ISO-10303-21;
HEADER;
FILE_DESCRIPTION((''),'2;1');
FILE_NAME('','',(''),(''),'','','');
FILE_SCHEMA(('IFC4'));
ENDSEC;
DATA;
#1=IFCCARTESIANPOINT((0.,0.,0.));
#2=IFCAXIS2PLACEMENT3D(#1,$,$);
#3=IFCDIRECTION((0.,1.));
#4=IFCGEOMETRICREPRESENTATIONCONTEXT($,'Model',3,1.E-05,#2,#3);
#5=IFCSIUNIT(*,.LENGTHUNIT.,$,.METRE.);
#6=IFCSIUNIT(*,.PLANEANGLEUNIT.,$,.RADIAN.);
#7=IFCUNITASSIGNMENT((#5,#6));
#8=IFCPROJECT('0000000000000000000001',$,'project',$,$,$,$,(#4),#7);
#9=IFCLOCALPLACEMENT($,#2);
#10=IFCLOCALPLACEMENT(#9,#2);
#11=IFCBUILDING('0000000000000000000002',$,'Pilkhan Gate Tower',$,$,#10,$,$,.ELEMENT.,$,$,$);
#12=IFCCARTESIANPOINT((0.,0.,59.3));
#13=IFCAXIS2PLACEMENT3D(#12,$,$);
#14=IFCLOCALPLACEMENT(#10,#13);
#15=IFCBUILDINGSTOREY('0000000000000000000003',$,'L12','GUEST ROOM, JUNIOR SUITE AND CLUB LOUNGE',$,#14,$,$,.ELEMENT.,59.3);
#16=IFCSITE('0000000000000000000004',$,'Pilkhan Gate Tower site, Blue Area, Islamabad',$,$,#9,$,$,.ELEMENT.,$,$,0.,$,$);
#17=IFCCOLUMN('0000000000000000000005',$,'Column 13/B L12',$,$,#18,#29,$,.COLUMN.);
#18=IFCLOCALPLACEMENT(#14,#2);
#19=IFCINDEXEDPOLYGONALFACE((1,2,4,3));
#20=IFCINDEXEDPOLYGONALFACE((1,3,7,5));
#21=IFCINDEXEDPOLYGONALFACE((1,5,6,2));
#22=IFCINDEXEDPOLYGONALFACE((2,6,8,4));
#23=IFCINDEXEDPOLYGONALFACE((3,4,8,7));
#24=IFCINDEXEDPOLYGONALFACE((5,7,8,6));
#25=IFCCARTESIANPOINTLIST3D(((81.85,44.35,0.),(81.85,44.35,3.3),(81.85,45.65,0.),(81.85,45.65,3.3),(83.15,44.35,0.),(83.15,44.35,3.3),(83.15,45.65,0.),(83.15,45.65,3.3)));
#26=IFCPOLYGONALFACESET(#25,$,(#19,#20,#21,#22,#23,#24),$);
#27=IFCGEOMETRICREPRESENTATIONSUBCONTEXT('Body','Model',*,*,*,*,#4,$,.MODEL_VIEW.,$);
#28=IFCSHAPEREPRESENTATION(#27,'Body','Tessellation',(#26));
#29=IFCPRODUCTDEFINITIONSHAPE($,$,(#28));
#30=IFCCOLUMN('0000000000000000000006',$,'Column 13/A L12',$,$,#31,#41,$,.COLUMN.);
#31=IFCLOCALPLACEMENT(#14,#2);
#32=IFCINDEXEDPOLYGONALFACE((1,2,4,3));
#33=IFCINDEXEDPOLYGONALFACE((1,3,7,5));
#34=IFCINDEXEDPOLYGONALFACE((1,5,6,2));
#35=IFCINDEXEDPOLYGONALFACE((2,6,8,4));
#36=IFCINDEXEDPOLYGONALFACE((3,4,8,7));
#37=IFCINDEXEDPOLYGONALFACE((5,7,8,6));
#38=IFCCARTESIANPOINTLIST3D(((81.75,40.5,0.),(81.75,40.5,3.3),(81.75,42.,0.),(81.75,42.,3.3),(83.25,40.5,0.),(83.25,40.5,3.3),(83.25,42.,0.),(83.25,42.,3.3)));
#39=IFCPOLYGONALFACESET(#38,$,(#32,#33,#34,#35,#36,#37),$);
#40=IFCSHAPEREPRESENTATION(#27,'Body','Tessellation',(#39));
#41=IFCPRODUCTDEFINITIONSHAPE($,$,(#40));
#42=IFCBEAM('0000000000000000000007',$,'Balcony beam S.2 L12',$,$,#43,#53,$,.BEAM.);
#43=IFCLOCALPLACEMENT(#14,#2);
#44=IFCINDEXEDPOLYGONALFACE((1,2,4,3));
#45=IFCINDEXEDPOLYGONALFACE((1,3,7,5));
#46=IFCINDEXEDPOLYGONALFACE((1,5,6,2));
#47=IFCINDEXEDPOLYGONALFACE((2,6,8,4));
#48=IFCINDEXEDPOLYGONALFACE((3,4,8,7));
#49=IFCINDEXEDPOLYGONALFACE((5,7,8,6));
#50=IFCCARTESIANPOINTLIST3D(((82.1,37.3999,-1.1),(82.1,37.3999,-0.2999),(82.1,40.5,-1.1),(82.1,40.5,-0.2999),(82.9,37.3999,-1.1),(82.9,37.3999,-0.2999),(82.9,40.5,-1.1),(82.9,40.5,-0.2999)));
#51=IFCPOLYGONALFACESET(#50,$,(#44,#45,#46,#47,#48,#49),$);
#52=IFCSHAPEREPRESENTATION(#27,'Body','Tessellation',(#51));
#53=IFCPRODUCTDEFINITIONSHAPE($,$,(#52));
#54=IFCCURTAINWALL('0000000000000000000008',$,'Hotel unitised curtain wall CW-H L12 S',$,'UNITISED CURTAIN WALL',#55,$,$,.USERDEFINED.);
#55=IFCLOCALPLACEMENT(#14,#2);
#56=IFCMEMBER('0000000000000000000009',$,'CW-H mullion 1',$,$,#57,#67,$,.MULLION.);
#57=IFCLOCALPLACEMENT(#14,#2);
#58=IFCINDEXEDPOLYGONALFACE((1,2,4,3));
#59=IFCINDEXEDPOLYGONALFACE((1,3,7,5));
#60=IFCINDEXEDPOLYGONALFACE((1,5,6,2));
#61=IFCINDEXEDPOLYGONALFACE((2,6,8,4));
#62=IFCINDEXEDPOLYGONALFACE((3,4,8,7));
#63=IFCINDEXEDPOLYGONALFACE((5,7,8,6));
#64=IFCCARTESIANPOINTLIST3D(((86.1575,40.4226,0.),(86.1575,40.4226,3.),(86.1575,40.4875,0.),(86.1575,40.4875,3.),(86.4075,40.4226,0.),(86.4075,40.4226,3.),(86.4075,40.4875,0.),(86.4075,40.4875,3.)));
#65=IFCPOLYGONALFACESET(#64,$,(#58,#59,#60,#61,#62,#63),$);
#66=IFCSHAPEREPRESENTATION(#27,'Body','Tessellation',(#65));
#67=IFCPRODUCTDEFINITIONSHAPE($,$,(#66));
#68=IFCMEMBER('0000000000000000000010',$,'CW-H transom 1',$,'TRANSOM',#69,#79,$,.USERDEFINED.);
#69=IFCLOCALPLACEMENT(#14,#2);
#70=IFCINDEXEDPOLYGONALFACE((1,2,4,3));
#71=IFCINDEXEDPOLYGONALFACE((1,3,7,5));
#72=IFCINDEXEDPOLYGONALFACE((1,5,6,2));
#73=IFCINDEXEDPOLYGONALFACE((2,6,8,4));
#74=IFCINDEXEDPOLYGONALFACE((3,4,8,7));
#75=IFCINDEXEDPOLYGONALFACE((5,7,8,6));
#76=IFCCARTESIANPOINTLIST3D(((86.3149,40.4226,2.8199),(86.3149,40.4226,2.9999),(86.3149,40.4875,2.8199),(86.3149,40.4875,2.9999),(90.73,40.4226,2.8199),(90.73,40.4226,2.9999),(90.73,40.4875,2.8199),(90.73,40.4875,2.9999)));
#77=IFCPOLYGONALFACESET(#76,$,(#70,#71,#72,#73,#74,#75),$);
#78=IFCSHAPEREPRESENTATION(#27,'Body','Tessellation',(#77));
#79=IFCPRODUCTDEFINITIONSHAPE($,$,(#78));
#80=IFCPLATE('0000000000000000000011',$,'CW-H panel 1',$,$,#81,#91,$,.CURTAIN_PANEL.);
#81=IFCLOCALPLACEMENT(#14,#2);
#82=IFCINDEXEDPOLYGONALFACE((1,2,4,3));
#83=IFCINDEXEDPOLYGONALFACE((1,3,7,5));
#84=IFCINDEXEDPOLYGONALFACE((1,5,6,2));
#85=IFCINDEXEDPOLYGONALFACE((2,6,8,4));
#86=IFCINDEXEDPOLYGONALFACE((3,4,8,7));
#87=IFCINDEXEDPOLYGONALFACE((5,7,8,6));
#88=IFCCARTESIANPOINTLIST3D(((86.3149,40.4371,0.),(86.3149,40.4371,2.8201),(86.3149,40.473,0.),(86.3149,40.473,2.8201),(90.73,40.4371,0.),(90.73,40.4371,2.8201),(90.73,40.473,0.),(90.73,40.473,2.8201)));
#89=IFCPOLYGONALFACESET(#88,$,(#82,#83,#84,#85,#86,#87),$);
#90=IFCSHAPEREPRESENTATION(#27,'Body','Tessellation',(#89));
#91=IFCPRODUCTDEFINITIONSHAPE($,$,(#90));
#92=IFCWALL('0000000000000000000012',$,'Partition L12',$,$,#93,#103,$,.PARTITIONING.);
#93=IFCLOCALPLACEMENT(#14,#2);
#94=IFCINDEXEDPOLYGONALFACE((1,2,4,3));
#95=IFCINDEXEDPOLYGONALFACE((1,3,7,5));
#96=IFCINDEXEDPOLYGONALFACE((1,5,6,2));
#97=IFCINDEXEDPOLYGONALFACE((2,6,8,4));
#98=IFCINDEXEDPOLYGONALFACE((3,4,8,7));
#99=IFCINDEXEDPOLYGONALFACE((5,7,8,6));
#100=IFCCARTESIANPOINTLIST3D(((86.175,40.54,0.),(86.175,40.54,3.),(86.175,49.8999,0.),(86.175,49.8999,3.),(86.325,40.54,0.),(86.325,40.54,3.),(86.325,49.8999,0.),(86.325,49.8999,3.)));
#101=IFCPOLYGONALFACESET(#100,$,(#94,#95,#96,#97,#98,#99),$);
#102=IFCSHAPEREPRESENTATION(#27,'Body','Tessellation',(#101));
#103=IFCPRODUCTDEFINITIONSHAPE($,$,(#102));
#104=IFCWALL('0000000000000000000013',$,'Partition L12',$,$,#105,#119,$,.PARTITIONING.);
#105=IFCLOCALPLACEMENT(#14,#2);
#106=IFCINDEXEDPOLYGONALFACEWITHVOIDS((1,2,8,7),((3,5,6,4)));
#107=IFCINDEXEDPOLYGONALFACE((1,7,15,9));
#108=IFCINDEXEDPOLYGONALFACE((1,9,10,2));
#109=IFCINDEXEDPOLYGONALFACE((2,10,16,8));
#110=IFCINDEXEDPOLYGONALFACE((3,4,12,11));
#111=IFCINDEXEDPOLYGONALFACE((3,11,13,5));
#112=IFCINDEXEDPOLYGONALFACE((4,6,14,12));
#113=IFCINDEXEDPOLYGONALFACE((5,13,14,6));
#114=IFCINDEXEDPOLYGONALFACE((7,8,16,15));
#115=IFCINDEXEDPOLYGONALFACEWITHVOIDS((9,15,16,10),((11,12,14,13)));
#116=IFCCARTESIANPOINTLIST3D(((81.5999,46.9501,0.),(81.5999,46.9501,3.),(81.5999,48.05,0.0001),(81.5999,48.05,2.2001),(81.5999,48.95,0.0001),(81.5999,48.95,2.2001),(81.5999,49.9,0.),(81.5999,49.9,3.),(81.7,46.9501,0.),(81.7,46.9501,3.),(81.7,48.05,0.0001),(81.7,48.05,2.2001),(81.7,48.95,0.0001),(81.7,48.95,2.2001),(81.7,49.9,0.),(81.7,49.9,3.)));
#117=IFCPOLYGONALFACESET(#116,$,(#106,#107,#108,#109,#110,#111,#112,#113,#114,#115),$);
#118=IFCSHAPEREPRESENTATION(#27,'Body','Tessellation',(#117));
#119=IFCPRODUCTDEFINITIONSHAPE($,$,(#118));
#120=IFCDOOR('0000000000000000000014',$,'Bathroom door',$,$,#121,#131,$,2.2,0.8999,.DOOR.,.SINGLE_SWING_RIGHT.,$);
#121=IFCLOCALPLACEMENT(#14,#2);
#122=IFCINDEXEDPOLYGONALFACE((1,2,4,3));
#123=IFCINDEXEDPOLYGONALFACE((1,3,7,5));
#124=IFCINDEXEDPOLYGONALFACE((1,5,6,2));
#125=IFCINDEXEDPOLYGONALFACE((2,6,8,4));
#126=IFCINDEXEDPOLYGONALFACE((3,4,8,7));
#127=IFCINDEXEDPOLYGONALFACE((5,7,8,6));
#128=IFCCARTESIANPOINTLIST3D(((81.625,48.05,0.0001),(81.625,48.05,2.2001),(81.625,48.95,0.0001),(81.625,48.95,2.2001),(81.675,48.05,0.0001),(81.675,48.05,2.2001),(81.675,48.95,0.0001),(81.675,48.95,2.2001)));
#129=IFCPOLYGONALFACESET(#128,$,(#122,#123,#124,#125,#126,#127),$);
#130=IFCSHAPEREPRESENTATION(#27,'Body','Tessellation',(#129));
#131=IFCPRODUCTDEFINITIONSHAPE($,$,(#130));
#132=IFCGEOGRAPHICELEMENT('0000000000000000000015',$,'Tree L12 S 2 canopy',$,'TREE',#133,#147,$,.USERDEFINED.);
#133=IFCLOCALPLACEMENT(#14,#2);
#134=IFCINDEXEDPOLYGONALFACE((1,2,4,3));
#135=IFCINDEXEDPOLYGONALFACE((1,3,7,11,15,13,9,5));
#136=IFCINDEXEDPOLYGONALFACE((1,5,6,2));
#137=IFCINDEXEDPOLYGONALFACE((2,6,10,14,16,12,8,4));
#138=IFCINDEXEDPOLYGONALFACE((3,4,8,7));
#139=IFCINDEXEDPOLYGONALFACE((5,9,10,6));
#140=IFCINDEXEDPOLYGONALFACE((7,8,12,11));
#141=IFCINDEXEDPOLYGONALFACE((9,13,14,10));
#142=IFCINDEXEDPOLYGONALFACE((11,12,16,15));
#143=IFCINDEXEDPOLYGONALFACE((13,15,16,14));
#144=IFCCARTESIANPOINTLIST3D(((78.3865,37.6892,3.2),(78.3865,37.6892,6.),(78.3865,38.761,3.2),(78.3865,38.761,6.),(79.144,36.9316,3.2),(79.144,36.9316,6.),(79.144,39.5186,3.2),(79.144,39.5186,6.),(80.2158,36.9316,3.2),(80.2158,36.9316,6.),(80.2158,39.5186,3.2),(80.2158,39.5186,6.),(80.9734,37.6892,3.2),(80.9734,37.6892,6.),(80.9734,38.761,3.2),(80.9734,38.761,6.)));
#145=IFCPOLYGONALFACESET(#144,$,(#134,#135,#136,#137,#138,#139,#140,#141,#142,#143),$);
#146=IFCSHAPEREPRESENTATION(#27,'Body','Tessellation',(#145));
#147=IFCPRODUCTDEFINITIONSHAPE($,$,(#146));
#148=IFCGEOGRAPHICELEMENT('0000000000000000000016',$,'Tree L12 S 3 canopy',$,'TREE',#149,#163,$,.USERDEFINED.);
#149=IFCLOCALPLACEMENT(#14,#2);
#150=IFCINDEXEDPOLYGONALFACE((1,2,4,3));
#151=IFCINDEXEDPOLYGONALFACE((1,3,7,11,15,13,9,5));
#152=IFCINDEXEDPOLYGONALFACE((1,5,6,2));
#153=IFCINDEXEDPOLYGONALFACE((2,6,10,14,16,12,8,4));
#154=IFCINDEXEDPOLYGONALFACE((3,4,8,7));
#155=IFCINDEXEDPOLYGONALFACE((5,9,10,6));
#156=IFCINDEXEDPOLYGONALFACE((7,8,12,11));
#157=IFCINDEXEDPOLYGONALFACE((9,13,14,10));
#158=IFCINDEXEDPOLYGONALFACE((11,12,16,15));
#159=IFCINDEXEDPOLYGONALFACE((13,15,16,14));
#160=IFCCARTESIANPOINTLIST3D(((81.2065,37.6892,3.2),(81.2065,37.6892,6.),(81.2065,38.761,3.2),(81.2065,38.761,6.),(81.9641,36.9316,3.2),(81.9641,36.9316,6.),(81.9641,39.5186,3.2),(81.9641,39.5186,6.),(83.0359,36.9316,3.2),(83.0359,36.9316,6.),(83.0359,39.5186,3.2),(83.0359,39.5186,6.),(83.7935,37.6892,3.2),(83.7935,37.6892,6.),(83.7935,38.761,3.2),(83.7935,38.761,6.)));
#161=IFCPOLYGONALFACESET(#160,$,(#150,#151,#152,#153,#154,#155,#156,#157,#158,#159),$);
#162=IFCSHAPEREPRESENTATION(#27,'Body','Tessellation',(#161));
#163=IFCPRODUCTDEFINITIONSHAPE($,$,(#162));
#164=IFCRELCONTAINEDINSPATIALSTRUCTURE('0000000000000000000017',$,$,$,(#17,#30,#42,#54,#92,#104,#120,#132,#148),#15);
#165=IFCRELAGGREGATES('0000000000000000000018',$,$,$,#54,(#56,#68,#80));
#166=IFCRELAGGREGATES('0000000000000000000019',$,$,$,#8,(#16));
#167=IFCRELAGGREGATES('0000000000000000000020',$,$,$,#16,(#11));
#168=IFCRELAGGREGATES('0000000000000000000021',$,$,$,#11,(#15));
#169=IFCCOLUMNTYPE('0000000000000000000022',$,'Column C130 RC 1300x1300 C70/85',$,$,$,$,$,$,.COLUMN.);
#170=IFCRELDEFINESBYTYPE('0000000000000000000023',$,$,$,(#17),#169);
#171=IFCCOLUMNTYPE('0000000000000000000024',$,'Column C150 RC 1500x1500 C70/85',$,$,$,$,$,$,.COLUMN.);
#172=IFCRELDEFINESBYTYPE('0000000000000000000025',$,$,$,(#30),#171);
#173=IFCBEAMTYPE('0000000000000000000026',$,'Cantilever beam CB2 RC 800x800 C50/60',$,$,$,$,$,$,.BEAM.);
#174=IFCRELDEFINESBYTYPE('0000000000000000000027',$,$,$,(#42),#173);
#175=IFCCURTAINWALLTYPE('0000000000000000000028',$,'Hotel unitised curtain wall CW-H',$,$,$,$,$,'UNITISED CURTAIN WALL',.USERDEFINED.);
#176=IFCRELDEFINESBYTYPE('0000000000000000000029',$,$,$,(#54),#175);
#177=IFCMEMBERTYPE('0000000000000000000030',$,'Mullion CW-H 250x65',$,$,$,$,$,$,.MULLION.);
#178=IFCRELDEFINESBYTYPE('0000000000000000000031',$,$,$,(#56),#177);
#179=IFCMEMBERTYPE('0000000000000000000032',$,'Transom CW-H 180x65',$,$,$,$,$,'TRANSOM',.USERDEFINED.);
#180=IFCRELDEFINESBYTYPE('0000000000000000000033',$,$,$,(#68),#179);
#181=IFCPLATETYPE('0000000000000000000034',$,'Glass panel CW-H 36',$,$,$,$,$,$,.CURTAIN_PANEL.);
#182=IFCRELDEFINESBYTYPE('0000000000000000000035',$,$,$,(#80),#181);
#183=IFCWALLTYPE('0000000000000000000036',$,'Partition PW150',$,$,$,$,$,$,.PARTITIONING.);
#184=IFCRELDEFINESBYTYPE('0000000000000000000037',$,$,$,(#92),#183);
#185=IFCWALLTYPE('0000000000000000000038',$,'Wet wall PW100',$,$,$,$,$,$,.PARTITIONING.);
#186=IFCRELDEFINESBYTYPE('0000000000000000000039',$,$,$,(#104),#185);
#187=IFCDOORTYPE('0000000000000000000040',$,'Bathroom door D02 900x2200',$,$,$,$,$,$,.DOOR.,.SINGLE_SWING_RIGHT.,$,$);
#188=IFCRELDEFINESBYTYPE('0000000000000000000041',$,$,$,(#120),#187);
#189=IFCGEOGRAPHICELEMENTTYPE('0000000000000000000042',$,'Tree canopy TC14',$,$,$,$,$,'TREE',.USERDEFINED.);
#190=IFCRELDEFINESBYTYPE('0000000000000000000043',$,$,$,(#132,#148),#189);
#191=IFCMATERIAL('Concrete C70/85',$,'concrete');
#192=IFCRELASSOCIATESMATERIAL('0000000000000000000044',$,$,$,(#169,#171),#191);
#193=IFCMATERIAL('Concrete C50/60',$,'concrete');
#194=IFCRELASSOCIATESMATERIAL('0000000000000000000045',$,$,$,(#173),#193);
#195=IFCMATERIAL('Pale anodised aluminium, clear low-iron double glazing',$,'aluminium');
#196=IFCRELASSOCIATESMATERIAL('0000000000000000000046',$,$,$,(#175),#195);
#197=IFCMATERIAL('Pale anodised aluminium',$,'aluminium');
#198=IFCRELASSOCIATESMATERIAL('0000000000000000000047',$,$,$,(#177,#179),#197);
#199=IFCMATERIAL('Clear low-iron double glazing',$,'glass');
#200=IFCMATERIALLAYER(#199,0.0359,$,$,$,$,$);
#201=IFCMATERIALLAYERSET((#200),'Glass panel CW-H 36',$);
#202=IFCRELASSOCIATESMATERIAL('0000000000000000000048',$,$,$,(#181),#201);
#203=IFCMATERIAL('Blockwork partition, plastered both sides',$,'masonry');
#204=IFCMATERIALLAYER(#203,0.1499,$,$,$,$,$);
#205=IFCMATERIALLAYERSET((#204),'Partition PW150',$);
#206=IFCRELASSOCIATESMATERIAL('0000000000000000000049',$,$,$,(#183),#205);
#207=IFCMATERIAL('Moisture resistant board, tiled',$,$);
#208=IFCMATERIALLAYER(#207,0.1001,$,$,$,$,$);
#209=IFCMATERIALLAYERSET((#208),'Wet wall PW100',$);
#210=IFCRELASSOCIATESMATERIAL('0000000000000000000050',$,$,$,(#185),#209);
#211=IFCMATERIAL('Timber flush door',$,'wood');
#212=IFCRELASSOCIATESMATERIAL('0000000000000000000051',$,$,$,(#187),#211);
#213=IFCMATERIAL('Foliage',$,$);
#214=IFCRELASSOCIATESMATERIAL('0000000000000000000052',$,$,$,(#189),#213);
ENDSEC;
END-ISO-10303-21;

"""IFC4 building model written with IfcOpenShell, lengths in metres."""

from ifc_helpers import new_model, si_unit, direction, frame, frame_2d, origin, origin_2d, place, context, subcontext, project, spatial, polyline, rectangle, outline, extrude, material, layer, layer_set, material_profile, profile_set, type_object, element, fill, aggregate, save


model = new_model("IFC4")

# Units and contexts
model_context = context("Model", 3, precision=1e-05, world=origin(), true_north=direction((0.0, 1.0)))
body_context = subcontext(model_context, "Body", "Model", "MODEL_VIEW")
ifc_project = project(units=[si_unit("LENGTHUNIT", "METRE"), si_unit("PLANEANGLEUNIT", "RADIAN")], contexts=[model_context])

# Site, building, storey
site_placement = place(None, origin())
site = spatial("IfcSite", under=ifc_project, at=site_placement, Name="Pilkhan Gate Tower site, Blue Area, Islamabad", CompositionType="ELEMENT", RefElevation=0.0)
building_placement = place(site_placement, origin())
building = spatial("IfcBuilding", under=site, at=building_placement, Name="Pilkhan Gate Tower", CompositionType="ELEMENT")
storey_placement = place(building_placement, frame((0.0, 0.0, 59.3)))
storey = spatial("IfcBuildingStorey", under=building, at=storey_placement, Name="L12", Description="GUEST ROOM, JUNIOR SUITE AND CLUB LOUNGE", CompositionType="ELEMENT", Elevation=59.3)

# Columns
ifc_material_1 = material(Name="Concrete C70/85", Category="concrete")
ifc_material_profile_1 = material_profile(ifc_material_1, rectangle(XDim=1.3, YDim=1.3, at=origin_2d()), Name="RC 1300x1300")
ifc_profile_set_1 = profile_set([ifc_material_profile_1], Name="Concrete C70/85")
column_type_1 = type_object("IfcColumnType", Name="Column C130 RC 1300x1300 C70/85", PredefinedType="COLUMN", material=ifc_profile_set_1)
column_1_placement = place(storey_placement, frame((82.5, 45.0, 0.0), z_axis=(0.0, 0.0, 1.0), x_axis=(1.0, 0.0, 0.0)))
element("IfcColumn", 1, at=column_1_placement, inside=storey, type_object=column_type_1, Name="Column 13/B L12", PredefinedType="COLUMN", context=body_context, shape_type="SweptSolid", body=[
    extrude(rectangle(XDim=1.3, YDim=1.3, at=origin_2d()), origin(), (0.0, 0.0, 1.0), 3.3),
])
ifc_material_profile_2 = material_profile(ifc_material_1, rectangle(XDim=1.5, YDim=1.5, at=origin_2d()), Name="RC 1500x1500")
ifc_profile_set_2 = profile_set([ifc_material_profile_2], Name="Concrete C70/85")
column_type_2 = type_object("IfcColumnType", Name="Column C150 RC 1500x1500 C70/85", PredefinedType="COLUMN", material=ifc_profile_set_2)
column_2_placement = place(storey_placement, frame((82.5, 41.25, 0.0), z_axis=(0.0, 0.0, 1.0), x_axis=(1.0, 0.0, 0.0)))
element("IfcColumn", 2, at=column_2_placement, inside=storey, type_object=column_type_2, Name="Column 13/A L12", PredefinedType="COLUMN", context=body_context, shape_type="SweptSolid", body=[
    extrude(rectangle(XDim=1.5, YDim=1.5, at=origin_2d()), origin(), (0.0, 0.0, 1.0), 3.3),
])

# Beam
ifc_material_2 = material(Name="Concrete C50/60", Category="concrete")
ifc_material_profile_3 = material_profile(ifc_material_2, rectangle(XDim=0.8, YDim=0.8, at=origin_2d()), Name="RC 800x800")
ifc_profile_set_3 = profile_set([ifc_material_profile_3], Name="Concrete C50/60")
beam_type = type_object("IfcBeamType", Name="Cantilever beam CB2 RC 800x800 C50/60", PredefinedType="BEAM", material=ifc_profile_set_3)
beam_placement = place(storey_placement, frame((82.5, 40.5, -0.7), z_axis=(0.0, -1.0, 0.0), x_axis=(1.0, 0.0, 0.0)))
element("IfcBeam", 3, at=beam_placement, inside=storey, type_object=beam_type, Name="Balcony beam S.2 L12", PredefinedType="BEAM", context=body_context, shape_type="SweptSolid", body=[
    extrude(rectangle(XDim=0.8, YDim=0.8, at=origin_2d()), origin(), (0.0, 0.0, 1.0), 3.1001),
])

# Curtain wall, members, plate
ifc_material_3 = material(Name="Pale anodised aluminium, clear low-iron double glazing", Category="aluminium")
curtain_wall_type = type_object("IfcCurtainWallType", Name="Hotel unitised curtain wall CW-H", ElementType="UNITISED CURTAIN WALL", PredefinedType="USERDEFINED", material=ifc_material_3)
curtain_wall_placement = place(storey_placement, origin())
curtain_wall = element("IfcCurtainWall", 4, at=curtain_wall_placement, inside=storey, type_object=curtain_wall_type, Name="Hotel unitised curtain wall CW-H L12 S", ObjectType="UNITISED CURTAIN WALL", PredefinedType="USERDEFINED")
ifc_material_4 = material(Name="Pale anodised aluminium", Category="aluminium")
ifc_material_profile_4 = material_profile(ifc_material_4, rectangle(XDim=0.0649, YDim=0.25, at=origin_2d()), Name="Mullion 250x65")
ifc_profile_set_4 = profile_set([ifc_material_profile_4], Name="Pale anodised aluminium")
member_type_1 = type_object("IfcMemberType", Name="Mullion CW-H 250x65", PredefinedType="MULLION", material=ifc_profile_set_4)
member_1_placement = place(storey_placement, frame((86.2825, 40.4551, 0.0), z_axis=(0.0, 0.0, 1.0), x_axis=(0.0, 1.0, 0.0)))
member_1 = element("IfcMember", 5, at=member_1_placement, type_object=member_type_1, Name="CW-H mullion 1", PredefinedType="MULLION", context=body_context, shape_type="SweptSolid", body=[
    extrude(rectangle(XDim=0.0649, YDim=0.25, at=origin_2d()), origin(), (0.0, 0.0, 1.0), 3.0),
])
ifc_material_profile_5 = material_profile(ifc_material_4, rectangle(XDim=0.0649, YDim=0.1799, at=origin_2d()), Name="Transom 180x65")
ifc_profile_set_5 = profile_set([ifc_material_profile_5], Name="Pale anodised aluminium")
member_type_2 = type_object("IfcMemberType", Name="Transom CW-H 180x65", ElementType="TRANSOM", PredefinedType="USERDEFINED", material=ifc_profile_set_5)
member_2_placement = place(storey_placement, frame((86.3149, 40.4551, 2.9099), z_axis=(1.0, 0.0, 0.0), x_axis=(0.0, 1.0, 0.0)))
member_2 = element("IfcMember", 6, at=member_2_placement, type_object=member_type_2, Name="CW-H transom 1", ObjectType="TRANSOM", PredefinedType="USERDEFINED", context=body_context, shape_type="SweptSolid", body=[
    extrude(rectangle(XDim=0.0649, YDim=0.1799, at=origin_2d()), origin(), (0.0, 0.0, 1.0), 4.415),
])
ifc_material_5 = material(Name="Clear low-iron double glazing", Category="glass")
ifc_layer_1 = layer(ifc_material_5, 0.0359)
ifc_layer_set_1 = layer_set([ifc_layer_1], Name="Glass panel CW-H 36")
plate_type = type_object("IfcPlateType", Name="Glass panel CW-H 36", PredefinedType="CURTAIN_PANEL", material=ifc_layer_set_1)
plate_placement = place(storey_placement, frame((88.5225, 40.4551, 0.0), z_axis=(0.0, 0.0, 1.0), x_axis=(1.0, 0.0, 0.0)))
plate = element("IfcPlate", 7, at=plate_placement, type_object=plate_type, Name="CW-H panel 1", PredefinedType="CURTAIN_PANEL", context=body_context, shape_type="SweptSolid", body=[
    extrude(rectangle(XDim=4.415, YDim=0.0359, at=origin_2d()), origin(), (0.0, 0.0, 1.0), 2.8201),
])
aggregate(curtain_wall, [member_1, member_2, plate])

# Wall
ifc_material_6 = material(Name="Blockwork partition, plastered both sides", Category="masonry")
ifc_layer_2 = layer(ifc_material_6, 0.1499)
ifc_layer_set_2 = layer_set([ifc_layer_2], Name="Partition PW150")
wall_type_1 = type_object("IfcWallType", Name="Partition PW150", PredefinedType="PARTITIONING", material=ifc_layer_set_2)
wall_1_placement = place(storey_placement, frame((86.25, 40.54, 0.0), z_axis=(0.0, 0.0, 1.0), x_axis=(0.0, 1.0, 0.0)))
element("IfcWall", 8, at=wall_1_placement, inside=storey, type_object=wall_type_1, Name="Partition L12", PredefinedType="PARTITIONING", context=body_context, shape_type="SweptSolid", body=[
    extrude(rectangle(XDim=9.3599, YDim=0.1499, at=frame_2d((4.6799, 0.0))), origin(), (0.0, 0.0, 1.0), 3.0),
])

# Wall, opening, door
ifc_material_7 = material(Name="Moisture resistant board, tiled")
ifc_layer_3 = layer(ifc_material_7, 0.1001)
ifc_layer_set_3 = layer_set([ifc_layer_3], Name="Wet wall PW100")
wall_type_2 = type_object("IfcWallType", Name="Wet wall PW100", PredefinedType="PARTITIONING", material=ifc_layer_set_3)
wall_2_placement = place(storey_placement, frame((81.6499, 46.95, 0.0), z_axis=(0.0, 0.0, 1.0), x_axis=(0.0, 1.0, 0.0)))
wall_2 = element("IfcWall", 9, at=wall_2_placement, inside=storey, type_object=wall_type_2, Name="Partition L12", PredefinedType="PARTITIONING", context=body_context, shape_type="SweptSolid", body=[
    extrude(rectangle(XDim=2.95, YDim=0.1001, at=frame_2d((1.4751, 0.0))), origin(), (0.0, 0.0, 1.0), 3.0),
])
opening_1_placement = place(wall_2_placement, frame((1.1001, 0.0, 0.0)))
opening_1 = element("IfcOpeningElement", 10, at=opening_1_placement, cuts=wall_2, PredefinedType="OPENING", context=body_context, shape_type="SweptSolid", body=[
    extrude(rectangle(XDim=0.8999, YDim=2.2, at=frame_2d((0.45, 1.1001))), frame((0.0, 0.0601, 0.0), z_axis=(0.0, -1.0, 0.0), x_axis=(1.0, 0.0, 0.0)), (0.0, 0.0, 1.0), 0.1201),
])
ifc_material_8 = material(Name="Timber flush door", Category="wood")
door_type_1 = type_object("IfcDoorType", Name="Bathroom door D02 900x2200", OperationType="SINGLE_SWING_RIGHT", PredefinedType="DOOR", material=ifc_material_8)
door_1_placement = place(opening_1_placement, origin())
door_1 = element("IfcDoor", 11, at=door_1_placement, inside=storey, type_object=door_type_1, Name="Bathroom door", OperationType="SINGLE_SWING_RIGHT", OverallHeight=2.2, OverallWidth=0.8999, PredefinedType="DOOR", context=body_context, shape_type="SweptSolid", body=[
    extrude(rectangle(XDim=0.8999, YDim=2.2, at=frame_2d((0.45, 1.1001))), frame((0.0, 0.0249, 0.0), z_axis=(0.0, -1.0, 0.0), x_axis=(1.0, 0.0, 0.0)), (0.0, 0.0, 1.0), 0.05),
])
fill(opening_1, door_1)

# Geographic elements
ifc_material_9 = material(Name="Foliage")
ifc_material_profile_6 = material_profile(ifc_material_9, outline(polyline([(1.2935, 0.5359), (0.5359, 1.2935), (-0.5359, 1.2935), (-1.2935, 0.5359), (-1.2935, -0.5359), (-0.5359, -1.2935), (0.5359, -1.2935), (1.2935, -0.5359), (1.2935, 0.5359)])), Name="Canopy D2.8")
ifc_profile_set_6 = profile_set([ifc_material_profile_6], Name="Foliage")
geographic_element_type_1 = type_object("IfcGeographicElementType", Name="Tree canopy TC14", ElementType="TREE", PredefinedType="USERDEFINED", material=ifc_profile_set_6)
for number, where, z_axis, x_axis, name in (
    (12, (79.6799, 38.2251, 3.2), (0.0, 0.0, 1.0), (1.0, 0.0, 0.0), "Tree L12 S 2 canopy"),
    (13, (82.5, 38.2251, 3.2), (0.0, 0.0, 1.0), (1.0, 0.0, 0.0), "Tree L12 S 3 canopy"),
):
    element("IfcGeographicElement", number, at=place(storey_placement, frame(where, z_axis=z_axis, x_axis=x_axis)), inside=storey, type_object=geographic_element_type_1, Name=name, ObjectType="TREE", PredefinedType="USERDEFINED", context=body_context, shape_type="SweptSolid", body=[
        extrude(outline(polyline([(1.2935, 0.5359), (0.5359, 1.2935), (-0.5359, 1.2935), (-1.2935, 0.5359), (-1.2935, -0.5359), (-0.5359, -1.2935), (0.5359, -1.2935), (1.2935, -0.5359), (1.2935, 0.5359)])), origin(), (0.0, 0.0, 1.0), 2.8),
    ])

save(model, "model.ifc")
